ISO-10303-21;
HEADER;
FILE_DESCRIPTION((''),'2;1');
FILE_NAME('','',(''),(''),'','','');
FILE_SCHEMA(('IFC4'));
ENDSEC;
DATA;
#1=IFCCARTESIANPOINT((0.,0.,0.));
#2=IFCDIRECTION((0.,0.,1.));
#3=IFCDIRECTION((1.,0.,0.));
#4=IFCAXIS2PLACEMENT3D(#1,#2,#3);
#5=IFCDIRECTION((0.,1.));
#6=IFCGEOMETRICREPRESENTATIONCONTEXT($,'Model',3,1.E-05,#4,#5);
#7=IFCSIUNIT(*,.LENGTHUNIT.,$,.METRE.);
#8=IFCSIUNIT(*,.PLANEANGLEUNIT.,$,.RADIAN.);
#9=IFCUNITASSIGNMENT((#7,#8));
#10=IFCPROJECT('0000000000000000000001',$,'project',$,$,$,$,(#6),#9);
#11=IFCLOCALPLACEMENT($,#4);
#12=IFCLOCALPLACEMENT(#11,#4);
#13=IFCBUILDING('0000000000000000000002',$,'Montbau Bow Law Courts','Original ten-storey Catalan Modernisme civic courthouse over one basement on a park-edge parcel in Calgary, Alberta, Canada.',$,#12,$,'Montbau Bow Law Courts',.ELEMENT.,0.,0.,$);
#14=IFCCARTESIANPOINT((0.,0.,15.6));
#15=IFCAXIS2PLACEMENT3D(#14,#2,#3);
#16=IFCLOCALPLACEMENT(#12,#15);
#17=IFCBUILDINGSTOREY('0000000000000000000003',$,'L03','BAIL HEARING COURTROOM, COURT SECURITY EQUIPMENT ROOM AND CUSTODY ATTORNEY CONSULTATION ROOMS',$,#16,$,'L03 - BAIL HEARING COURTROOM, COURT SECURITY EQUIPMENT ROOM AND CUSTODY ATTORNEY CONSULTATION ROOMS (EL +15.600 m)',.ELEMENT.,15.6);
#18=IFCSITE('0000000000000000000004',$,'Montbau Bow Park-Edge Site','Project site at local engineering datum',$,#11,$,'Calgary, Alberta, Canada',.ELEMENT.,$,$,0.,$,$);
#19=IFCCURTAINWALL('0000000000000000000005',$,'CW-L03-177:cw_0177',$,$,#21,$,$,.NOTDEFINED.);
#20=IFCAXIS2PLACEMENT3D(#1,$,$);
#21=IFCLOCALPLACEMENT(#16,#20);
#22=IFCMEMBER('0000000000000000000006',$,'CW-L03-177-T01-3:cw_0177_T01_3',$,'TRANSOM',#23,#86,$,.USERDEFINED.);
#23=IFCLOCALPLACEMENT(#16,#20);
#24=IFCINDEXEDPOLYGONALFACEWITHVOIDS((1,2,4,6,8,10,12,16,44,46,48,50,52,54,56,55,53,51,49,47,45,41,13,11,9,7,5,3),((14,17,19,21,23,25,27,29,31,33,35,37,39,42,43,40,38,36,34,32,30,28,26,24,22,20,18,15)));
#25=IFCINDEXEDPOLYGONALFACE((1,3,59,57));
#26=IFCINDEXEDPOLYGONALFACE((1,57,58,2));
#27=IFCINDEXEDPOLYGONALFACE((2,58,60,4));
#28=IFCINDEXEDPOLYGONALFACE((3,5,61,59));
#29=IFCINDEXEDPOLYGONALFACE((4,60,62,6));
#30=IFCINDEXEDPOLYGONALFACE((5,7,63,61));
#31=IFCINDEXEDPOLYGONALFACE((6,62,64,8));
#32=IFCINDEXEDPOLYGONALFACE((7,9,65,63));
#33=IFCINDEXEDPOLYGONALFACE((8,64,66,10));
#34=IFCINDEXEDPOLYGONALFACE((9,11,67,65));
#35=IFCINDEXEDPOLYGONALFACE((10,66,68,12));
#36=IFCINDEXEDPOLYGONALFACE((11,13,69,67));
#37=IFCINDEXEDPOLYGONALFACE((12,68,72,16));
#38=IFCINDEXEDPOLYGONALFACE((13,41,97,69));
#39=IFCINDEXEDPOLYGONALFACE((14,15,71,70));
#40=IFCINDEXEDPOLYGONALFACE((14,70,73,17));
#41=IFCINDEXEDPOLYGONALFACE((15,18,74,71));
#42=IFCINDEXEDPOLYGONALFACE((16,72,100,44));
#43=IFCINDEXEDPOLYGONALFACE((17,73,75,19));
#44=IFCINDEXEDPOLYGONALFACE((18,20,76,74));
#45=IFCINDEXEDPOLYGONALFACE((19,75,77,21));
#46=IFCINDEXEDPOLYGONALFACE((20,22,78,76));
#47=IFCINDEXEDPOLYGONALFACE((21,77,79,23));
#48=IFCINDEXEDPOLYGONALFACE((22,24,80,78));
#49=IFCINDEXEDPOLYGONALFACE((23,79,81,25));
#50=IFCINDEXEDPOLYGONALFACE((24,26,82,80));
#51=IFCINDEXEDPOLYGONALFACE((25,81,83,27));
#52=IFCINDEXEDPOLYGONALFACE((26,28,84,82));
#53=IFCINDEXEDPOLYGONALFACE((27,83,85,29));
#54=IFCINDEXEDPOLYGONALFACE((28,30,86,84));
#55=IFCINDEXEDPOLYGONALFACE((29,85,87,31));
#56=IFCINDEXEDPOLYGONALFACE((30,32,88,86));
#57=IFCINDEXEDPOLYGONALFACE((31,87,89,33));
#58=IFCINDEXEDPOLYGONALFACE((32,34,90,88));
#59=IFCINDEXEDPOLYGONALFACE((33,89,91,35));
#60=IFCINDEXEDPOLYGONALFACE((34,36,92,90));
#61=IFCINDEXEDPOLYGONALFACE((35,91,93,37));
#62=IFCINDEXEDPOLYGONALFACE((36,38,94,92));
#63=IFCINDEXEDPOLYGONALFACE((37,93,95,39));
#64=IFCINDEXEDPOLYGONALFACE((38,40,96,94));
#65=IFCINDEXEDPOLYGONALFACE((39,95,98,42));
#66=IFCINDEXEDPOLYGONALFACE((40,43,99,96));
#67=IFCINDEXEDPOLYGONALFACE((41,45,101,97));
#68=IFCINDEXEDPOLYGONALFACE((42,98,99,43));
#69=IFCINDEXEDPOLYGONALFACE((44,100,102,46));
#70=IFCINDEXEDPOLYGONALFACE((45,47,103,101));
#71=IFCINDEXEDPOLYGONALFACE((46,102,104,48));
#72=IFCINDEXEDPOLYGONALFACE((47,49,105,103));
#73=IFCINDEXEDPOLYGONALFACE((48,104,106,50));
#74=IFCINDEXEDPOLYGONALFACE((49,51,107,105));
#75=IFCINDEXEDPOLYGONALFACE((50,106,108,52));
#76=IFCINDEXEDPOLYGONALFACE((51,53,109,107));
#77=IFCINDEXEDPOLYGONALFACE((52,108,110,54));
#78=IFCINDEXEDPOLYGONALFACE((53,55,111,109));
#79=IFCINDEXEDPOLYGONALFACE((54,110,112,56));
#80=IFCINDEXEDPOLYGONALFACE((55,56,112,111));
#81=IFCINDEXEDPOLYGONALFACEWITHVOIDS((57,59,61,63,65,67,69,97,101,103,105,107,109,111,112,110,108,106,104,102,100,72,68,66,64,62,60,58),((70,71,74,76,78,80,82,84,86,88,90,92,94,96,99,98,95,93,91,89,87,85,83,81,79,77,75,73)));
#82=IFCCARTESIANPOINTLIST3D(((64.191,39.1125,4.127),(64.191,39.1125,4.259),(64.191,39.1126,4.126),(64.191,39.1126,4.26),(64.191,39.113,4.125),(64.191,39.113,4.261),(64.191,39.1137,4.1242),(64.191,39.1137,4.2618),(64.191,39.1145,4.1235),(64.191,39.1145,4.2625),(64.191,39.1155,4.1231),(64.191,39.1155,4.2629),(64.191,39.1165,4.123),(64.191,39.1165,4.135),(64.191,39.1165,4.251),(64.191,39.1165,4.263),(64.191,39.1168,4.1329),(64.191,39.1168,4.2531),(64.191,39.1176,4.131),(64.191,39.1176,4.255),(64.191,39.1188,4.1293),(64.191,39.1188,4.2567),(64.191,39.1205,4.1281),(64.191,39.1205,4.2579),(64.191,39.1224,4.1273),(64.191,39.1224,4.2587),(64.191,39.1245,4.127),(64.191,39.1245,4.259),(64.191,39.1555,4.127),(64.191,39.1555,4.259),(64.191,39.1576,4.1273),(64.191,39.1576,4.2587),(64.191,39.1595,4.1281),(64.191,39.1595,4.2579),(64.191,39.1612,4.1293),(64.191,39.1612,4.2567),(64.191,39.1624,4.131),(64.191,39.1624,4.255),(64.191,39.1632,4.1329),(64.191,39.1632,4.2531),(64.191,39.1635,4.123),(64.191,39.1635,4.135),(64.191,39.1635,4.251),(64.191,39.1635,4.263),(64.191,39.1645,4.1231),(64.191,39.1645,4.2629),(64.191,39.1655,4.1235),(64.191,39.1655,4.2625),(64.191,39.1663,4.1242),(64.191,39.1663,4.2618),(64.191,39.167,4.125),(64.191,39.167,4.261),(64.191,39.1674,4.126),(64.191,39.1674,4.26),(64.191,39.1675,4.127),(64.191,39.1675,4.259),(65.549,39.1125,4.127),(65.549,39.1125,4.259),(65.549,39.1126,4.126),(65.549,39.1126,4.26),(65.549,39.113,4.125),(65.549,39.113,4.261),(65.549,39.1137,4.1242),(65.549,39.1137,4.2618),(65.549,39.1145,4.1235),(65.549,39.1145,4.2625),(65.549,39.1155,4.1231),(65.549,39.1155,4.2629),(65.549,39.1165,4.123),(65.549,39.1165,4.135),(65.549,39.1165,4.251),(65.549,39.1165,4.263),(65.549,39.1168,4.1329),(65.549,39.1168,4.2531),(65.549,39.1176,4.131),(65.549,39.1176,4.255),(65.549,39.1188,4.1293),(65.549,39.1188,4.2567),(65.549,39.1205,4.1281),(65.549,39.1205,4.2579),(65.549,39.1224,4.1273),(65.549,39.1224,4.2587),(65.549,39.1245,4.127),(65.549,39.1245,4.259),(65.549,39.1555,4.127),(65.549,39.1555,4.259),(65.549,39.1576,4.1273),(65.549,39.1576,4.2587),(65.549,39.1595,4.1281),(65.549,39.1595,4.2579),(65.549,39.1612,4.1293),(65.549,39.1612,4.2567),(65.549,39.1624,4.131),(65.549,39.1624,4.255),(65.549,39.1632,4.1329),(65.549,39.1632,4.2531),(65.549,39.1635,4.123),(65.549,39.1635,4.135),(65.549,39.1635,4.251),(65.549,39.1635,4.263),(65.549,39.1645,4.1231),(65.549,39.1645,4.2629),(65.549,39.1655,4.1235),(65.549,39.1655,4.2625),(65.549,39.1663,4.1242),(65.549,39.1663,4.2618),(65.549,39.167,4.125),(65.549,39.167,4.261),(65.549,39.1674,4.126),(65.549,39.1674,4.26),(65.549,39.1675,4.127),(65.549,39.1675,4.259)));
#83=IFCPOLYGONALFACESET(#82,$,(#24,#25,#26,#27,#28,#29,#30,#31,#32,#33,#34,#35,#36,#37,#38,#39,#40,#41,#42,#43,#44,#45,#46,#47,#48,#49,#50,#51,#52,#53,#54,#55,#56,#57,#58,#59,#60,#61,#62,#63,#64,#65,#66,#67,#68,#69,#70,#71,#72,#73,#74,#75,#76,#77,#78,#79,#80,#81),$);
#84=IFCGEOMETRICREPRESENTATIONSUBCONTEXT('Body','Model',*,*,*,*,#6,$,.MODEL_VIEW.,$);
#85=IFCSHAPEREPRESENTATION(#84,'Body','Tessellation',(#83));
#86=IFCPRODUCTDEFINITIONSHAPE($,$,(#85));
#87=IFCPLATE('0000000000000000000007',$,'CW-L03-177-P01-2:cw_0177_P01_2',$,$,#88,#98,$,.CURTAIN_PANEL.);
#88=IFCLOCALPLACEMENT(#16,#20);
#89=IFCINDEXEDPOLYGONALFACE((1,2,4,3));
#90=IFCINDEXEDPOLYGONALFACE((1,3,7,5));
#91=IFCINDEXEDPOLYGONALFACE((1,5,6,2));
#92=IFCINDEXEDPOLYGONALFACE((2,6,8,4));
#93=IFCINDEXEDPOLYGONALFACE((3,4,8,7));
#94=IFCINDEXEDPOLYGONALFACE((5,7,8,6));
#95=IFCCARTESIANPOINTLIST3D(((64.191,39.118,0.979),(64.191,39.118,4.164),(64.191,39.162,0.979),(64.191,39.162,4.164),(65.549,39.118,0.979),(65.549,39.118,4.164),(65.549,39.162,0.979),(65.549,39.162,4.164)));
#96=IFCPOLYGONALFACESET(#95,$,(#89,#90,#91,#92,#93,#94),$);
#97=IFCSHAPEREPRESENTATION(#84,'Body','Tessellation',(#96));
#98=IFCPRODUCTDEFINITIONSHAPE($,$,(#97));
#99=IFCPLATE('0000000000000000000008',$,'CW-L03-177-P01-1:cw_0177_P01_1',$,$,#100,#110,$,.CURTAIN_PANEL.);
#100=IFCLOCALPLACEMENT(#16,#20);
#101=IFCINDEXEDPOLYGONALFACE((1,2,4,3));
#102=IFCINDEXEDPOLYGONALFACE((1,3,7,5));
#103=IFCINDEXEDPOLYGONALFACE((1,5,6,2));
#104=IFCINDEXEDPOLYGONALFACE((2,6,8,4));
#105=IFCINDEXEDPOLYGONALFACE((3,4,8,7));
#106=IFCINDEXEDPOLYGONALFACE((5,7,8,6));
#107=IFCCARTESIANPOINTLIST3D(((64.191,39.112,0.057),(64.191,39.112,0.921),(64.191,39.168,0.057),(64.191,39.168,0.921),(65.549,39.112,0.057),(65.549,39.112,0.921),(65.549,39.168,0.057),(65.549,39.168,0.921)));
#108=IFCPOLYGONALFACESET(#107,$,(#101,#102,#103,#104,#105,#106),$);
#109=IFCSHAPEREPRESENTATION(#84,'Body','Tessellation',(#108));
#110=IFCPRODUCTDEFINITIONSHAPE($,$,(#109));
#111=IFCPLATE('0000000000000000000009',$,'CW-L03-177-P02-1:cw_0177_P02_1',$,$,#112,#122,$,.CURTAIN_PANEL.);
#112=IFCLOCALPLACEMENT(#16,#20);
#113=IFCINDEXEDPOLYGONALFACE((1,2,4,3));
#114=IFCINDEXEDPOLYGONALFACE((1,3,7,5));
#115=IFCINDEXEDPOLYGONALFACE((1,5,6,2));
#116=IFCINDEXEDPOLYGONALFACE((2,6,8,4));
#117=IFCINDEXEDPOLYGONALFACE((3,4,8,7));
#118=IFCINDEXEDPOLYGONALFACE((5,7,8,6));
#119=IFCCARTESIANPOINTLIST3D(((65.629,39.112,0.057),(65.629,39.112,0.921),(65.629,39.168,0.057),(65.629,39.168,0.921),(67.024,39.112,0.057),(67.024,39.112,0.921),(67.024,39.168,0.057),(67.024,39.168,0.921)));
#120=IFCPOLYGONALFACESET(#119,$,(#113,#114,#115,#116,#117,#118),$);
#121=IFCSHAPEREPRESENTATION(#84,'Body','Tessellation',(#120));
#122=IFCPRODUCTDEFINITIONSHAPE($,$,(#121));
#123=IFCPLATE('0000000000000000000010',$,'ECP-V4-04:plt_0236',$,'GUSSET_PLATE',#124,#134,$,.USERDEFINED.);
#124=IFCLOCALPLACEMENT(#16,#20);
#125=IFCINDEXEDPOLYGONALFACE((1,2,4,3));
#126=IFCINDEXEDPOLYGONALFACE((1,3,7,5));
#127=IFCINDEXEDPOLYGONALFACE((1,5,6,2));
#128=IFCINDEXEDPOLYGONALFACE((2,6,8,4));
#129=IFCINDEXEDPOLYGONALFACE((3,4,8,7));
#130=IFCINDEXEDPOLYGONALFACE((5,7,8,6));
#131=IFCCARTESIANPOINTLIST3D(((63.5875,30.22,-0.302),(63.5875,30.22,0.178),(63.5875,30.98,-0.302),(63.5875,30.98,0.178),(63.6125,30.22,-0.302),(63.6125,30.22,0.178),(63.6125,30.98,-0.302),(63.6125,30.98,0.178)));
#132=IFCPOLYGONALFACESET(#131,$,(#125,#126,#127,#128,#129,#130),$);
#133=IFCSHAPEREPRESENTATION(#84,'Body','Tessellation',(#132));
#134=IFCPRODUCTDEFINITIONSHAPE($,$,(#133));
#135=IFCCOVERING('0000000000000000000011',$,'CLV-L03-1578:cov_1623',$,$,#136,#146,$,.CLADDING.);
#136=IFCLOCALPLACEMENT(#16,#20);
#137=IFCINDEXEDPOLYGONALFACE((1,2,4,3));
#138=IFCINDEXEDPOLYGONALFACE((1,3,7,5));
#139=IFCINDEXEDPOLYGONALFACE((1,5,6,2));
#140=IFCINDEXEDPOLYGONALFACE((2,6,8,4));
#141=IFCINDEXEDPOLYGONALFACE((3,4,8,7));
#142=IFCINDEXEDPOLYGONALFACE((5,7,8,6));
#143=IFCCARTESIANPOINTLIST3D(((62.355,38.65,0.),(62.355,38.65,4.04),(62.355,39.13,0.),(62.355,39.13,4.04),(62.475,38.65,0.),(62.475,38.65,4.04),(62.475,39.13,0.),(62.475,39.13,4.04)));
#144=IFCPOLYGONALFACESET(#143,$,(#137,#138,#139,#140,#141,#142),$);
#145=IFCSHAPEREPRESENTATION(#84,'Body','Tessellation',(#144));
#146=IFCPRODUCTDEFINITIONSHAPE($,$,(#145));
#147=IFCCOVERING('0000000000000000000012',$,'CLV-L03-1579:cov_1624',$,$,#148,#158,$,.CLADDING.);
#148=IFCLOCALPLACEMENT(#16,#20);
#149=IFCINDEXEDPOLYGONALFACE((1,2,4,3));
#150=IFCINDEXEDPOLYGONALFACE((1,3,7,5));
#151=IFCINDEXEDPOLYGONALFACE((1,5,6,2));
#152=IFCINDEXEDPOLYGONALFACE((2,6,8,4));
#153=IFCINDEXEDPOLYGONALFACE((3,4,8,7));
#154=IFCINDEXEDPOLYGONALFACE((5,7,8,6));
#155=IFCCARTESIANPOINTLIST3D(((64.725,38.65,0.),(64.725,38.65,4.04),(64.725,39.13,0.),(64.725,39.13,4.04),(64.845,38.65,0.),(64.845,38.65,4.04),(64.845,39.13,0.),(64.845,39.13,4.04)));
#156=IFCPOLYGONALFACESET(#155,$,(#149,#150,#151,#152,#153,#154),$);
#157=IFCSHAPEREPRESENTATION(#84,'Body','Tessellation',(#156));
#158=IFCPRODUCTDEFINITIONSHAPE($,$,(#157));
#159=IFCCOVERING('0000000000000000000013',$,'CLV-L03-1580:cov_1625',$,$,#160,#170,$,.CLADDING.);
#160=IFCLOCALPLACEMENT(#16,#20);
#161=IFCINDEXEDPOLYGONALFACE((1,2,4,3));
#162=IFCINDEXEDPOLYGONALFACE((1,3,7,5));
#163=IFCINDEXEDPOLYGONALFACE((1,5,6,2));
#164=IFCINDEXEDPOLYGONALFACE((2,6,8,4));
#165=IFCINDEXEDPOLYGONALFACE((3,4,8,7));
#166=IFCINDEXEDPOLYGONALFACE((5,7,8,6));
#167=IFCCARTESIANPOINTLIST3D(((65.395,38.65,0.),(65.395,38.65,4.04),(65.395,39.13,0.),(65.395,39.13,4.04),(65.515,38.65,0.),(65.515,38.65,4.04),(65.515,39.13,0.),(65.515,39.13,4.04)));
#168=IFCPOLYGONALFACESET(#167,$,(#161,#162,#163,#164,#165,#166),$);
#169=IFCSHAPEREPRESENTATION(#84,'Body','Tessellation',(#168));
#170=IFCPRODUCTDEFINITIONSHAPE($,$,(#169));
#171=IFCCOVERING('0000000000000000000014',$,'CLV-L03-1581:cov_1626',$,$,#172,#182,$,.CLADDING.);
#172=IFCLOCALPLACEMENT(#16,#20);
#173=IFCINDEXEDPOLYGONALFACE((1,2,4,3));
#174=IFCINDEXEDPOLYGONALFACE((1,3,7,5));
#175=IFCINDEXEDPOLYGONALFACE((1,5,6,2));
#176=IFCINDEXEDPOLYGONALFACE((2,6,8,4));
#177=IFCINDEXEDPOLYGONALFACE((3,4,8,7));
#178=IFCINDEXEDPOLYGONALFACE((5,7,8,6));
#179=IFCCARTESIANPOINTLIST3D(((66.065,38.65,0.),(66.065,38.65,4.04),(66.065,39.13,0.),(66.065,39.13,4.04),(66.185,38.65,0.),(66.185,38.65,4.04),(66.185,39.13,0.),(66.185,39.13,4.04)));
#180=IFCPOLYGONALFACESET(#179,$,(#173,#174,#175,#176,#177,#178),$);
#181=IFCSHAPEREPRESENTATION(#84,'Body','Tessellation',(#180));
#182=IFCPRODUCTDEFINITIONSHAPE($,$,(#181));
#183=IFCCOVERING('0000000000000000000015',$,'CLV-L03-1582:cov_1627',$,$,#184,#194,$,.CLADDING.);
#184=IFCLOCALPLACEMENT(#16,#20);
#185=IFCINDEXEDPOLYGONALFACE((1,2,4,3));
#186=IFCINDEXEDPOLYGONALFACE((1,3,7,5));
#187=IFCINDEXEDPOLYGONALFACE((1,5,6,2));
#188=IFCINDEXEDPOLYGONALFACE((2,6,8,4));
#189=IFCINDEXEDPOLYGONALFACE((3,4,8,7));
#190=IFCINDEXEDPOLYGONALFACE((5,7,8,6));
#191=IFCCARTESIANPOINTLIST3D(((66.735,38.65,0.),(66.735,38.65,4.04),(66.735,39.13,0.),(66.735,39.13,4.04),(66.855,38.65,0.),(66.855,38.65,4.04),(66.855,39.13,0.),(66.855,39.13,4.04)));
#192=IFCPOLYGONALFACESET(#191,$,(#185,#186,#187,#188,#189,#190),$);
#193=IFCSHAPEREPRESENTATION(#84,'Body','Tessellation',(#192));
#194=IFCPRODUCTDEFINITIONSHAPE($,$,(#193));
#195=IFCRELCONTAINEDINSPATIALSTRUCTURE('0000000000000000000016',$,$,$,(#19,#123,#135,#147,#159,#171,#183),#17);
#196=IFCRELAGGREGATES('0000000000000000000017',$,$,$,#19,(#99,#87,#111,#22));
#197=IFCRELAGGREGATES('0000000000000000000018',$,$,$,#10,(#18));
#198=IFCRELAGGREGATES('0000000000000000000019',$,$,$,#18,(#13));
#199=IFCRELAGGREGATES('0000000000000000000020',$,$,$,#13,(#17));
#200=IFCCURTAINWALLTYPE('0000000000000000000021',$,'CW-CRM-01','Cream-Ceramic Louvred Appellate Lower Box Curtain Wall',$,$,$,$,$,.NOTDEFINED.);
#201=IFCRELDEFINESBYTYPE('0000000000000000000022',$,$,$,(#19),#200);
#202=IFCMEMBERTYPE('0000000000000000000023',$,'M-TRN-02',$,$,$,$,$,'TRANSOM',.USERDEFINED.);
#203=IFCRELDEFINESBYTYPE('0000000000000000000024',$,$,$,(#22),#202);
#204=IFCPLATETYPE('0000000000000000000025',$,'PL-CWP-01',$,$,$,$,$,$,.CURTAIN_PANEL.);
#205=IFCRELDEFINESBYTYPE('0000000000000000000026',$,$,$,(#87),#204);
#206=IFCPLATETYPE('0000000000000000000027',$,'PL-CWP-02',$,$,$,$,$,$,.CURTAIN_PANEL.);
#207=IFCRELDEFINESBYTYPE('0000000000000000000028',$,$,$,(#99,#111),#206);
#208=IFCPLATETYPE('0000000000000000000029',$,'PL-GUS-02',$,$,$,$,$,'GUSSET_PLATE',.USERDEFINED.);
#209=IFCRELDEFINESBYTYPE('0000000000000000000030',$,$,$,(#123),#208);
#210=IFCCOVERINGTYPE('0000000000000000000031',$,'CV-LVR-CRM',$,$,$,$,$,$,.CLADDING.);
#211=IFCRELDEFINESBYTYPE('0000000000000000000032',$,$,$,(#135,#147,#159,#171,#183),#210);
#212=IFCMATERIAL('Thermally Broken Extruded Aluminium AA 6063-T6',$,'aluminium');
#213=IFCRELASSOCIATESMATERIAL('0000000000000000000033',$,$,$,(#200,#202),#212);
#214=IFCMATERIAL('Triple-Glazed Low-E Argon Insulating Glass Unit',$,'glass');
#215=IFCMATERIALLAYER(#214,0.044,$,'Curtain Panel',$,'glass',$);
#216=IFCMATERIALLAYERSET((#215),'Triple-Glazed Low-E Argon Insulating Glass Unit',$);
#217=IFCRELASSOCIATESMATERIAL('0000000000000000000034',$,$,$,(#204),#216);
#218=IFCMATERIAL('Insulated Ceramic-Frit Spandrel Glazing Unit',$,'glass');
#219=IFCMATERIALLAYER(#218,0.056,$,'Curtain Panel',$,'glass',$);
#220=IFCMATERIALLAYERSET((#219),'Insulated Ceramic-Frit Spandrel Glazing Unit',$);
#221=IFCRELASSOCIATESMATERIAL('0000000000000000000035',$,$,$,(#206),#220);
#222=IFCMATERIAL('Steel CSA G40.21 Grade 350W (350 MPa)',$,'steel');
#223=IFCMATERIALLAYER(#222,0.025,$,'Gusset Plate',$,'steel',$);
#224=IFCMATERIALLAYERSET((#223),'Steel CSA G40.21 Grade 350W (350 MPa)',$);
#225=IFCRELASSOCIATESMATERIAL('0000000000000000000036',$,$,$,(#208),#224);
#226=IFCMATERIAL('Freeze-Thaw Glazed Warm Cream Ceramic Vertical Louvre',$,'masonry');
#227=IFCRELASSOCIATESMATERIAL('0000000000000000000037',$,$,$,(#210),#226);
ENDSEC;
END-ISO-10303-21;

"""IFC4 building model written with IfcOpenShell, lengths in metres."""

from ifc_helpers import new_model, si_unit, direction, frame, frame_2d, origin_with_axes, origin_2d_with_axis, place, context, subcontext, project, spatial, rectangle, hollow_rectangle, extrude, material, layer, layer_set, material_profile, profile_set, type_object, element, aggregate, save


model = new_model("IFC4")

# Units and contexts
model_context = context("Model", 3, precision=1e-05, world=origin_with_axes(), true_north=direction((0.0, 1.0)))
body_context = subcontext(model_context, "Body", "Model", "MODEL_VIEW")
ifc_project = project(units=[si_unit("LENGTHUNIT", "METRE"), si_unit("PLANEANGLEUNIT", "RADIAN")], contexts=[model_context])

# Site, building, storey
site_placement = place(None, origin_with_axes())
site = spatial("IfcSite", under=ifc_project, at=site_placement, Name="Montbau Bow Park-Edge Site", Description="Project site at local engineering datum", LongName="Calgary, Alberta, Canada", CompositionType="ELEMENT", RefElevation=0.0)
building_placement = place(site_placement, origin_with_axes())
building = spatial("IfcBuilding", under=site, at=building_placement, Name="Montbau Bow Law Courts", Description="Original ten-storey Catalan Modernisme civic courthouse over one basement on a park-edge parcel in Calgary, Alberta, Canada.", LongName="Montbau Bow Law Courts", CompositionType="ELEMENT", ElevationOfRefHeight=0.0, ElevationOfTerrain=0.0)
storey_placement = place(building_placement, frame((0.0, 0.0, 15.6), z_axis=(0.0, 0.0, 1.0), x_axis=(1.0, 0.0, 0.0)))
storey = spatial("IfcBuildingStorey", under=building, at=storey_placement, Name="L03", Description="BAIL HEARING COURTROOM, COURT SECURITY EQUIPMENT ROOM AND CUSTODY ATTORNEY CONSULTATION ROOMS", LongName="L03 - BAIL HEARING COURTROOM, COURT SECURITY EQUIPMENT ROOM AND CUSTODY ATTORNEY CONSULTATION ROOMS (EL +15.600 m)", CompositionType="ELEMENT", Elevation=15.6)

# Shared definitions
ifc_material_1 = material(Name="Steel CSA G40.21 Grade 350W (350 MPa)", Category="steel")

# Curtain wall
ifc_material_2 = material(Name="Thermally Broken Extruded Aluminium AA 6063-T6", Category="aluminium")
curtain_wall_type = type_object("IfcCurtainWallType", Name="CW-CRM-01", Description="Cream-Ceramic Louvred Appellate Lower Box Curtain Wall", PredefinedType="NOTDEFINED", material=ifc_material_2)
curtain_wall_1_placement = place(None, frame((64.115, 39.14, 15.6), z_axis=(0.0, 0.0, 1.0), x_axis=(1.0, 0.0, 0.0)))
curtain_wall_1 = element("IfcCurtainWall", 1, at=curtain_wall_1_placement, inside=storey, type_object=curtain_wall_type, Name="CW-L03-177:cw_0177", PredefinedType="NOTDEFINED")

# Member
ifc_material_profile_1 = material_profile(ifc_material_2, hollow_rectangle(XDim=0.055, YDim=0.14, WallThickness=0.004, InnerFilletRadius=0.008, OuterFilletRadius=0.004, at=origin_2d_with_axis()), Name="CWT-140X55", Category="Main", Priority=0)
ifc_profile_set_1 = profile_set([ifc_material_profile_1], Name="Thermally Broken Extruded Aluminium AA 6063-T6")
member_type_1 = type_object("IfcMemberType", Name="M-TRN-02", ElementType="TRANSOM", PredefinedType="USERDEFINED", material=ifc_profile_set_1)
member_1_placement = place(None, frame((64.191, 39.14, 19.793), z_axis=(1.0, 0.0, 0.0), x_axis=(0.0, 1.0, 0.0)))
member_1 = element("IfcMember", 2, at=member_1_placement, type_object=member_type_1, Name="CW-L03-177-T01-3:cw_0177_T01_3", ObjectType="TRANSOM", PredefinedType="USERDEFINED", context=body_context, shape_type="SweptSolid", body=[
    extrude(hollow_rectangle(XDim=0.055, YDim=0.14, WallThickness=0.004, InnerFilletRadius=0.008, OuterFilletRadius=0.004, at=origin_2d_with_axis()), origin_with_axes(), (0.0, 0.0, 1.0), 1.358),
])

# Plates
ifc_material_3 = material(Name="Triple-Glazed Low-E Argon Insulating Glass Unit", Category="glass")
ifc_layer_1 = layer(ifc_material_3, 0.044, Name="Curtain Panel", Category="glass")
ifc_layer_set_1 = layer_set([ifc_layer_1], Name="Triple-Glazed Low-E Argon Insulating Glass Unit")
plate_type_1 = type_object("IfcPlateType", Name="PL-CWP-01", PredefinedType="CURTAIN_PANEL", material=ifc_layer_set_1)
plate_1_placement = place(None, frame((64.191, 39.14, 16.579), z_axis=(0.0, -1.0, 0.0), x_axis=(1.0, 0.0, 0.0)))
plate_1 = element("IfcPlate", 3, at=plate_1_placement, type_object=plate_type_1, Name="CW-L03-177-P01-2:cw_0177_P01_2", PredefinedType="CURTAIN_PANEL", context=body_context, shape_type="SweptSolid", body=[
    extrude(rectangle(XDim=1.358, YDim=3.185, at=frame_2d((0.679, 1.5925), x_axis=(1.0, 0.0))), frame((0.0, 0.0, -0.022), z_axis=(0.0, 0.0, 1.0), x_axis=(1.0, 0.0, 0.0)), (0.0, 0.0, 1.0), 0.044),
])
ifc_material_4 = material(Name="Insulated Ceramic-Frit Spandrel Glazing Unit", Category="glass")
ifc_layer_2 = layer(ifc_material_4, 0.056, Name="Curtain Panel", Category="glass")
ifc_layer_set_2 = layer_set([ifc_layer_2], Name="Insulated Ceramic-Frit Spandrel Glazing Unit")
plate_type_2 = type_object("IfcPlateType", Name="PL-CWP-02", PredefinedType="CURTAIN_PANEL", material=ifc_layer_set_2)
plate_2_placement = place(None, frame((64.191, 39.14, 15.657), z_axis=(0.0, -1.0, 0.0), x_axis=(1.0, 0.0, 0.0)))
plate_2 = element("IfcPlate", 4, at=plate_2_placement, type_object=plate_type_2, Name="CW-L03-177-P01-1:cw_0177_P01_1", PredefinedType="CURTAIN_PANEL", context=body_context, shape_type="SweptSolid", body=[
    extrude(rectangle(XDim=1.358, YDim=0.864, at=frame_2d((0.679, 0.432), x_axis=(1.0, 0.0))), frame((0.0, 0.0, -0.028), z_axis=(0.0, 0.0, 1.0), x_axis=(1.0, 0.0, 0.0)), (0.0, 0.0, 1.0), 0.056),
])
plate_3_placement = place(None, frame((65.629, 39.14, 15.657), z_axis=(0.0, -1.0, 0.0), x_axis=(1.0, 0.0, 0.0)))
plate_3 = element("IfcPlate", 5, at=plate_3_placement, type_object=plate_type_2, Name="CW-L03-177-P02-1:cw_0177_P02_1", PredefinedType="CURTAIN_PANEL", context=body_context, shape_type="SweptSolid", body=[
    extrude(rectangle(XDim=1.395, YDim=0.864, at=frame_2d((0.6975, 0.432), x_axis=(1.0, 0.0))), frame((0.0, 0.0, -0.028), z_axis=(0.0, 0.0, 1.0), x_axis=(1.0, 0.0, 0.0)), (0.0, 0.0, 1.0), 0.056),
])
aggregate(curtain_wall_1, [plate_2, plate_1, plate_3, member_1])
ifc_layer_3 = layer(ifc_material_1, 0.025, Name="Gusset Plate", Category="steel")
ifc_layer_set_3 = layer_set([ifc_layer_3], Name="Steel CSA G40.21 Grade 350W (350 MPa)")
plate_type_3 = type_object("IfcPlateType", Name="PL-GUS-02", ElementType="GUSSET_PLATE", PredefinedType="USERDEFINED", material=ifc_layer_set_3)
plate_4_placement = place(None, frame((63.6, 30.6, 15.298), z_axis=(0.0, 0.0, 1.0), x_axis=(1.0, 0.0, 0.0)))
element("IfcPlate", 6, at=plate_4_placement, inside=storey, type_object=plate_type_3, Name="ECP-V4-04:plt_0236", ObjectType="GUSSET_PLATE", PredefinedType="USERDEFINED", context=body_context, shape_type="SweptSolid", body=[
    extrude(rectangle(XDim=0.025, YDim=0.76, at=origin_2d_with_axis()), origin_with_axes(), (0.0, 0.0, 1.0), 0.48),
])

# Coverings
ifc_material_5 = material(Name="Freeze-Thaw Glazed Warm Cream Ceramic Vertical Louvre", Category="masonry")
covering_type = type_object("IfcCoveringType", Name="CV-LVR-CRM", PredefinedType="CLADDING", material=ifc_material_5)
for number, where, z_axis, x_axis, name in (
    (7, (62.415, 39.13, 15.6), (-1.0, 0.0, 0.0), (0.0, -1.0, 0.0), "CLV-L03-1578:cov_1623"),
    (8, (64.785, 39.13, 15.6), (-1.0, 0.0, 0.0), (0.0, -1.0, 0.0), "CLV-L03-1579:cov_1624"),
    (9, (65.455, 39.13, 15.6), (-1.0, 0.0, 0.0), (0.0, -1.0, 0.0), "CLV-L03-1580:cov_1625"),
    (10, (66.125, 39.13, 15.6), (-1.0, 0.0, 0.0), (0.0, -1.0, 0.0), "CLV-L03-1581:cov_1626"),
    (11, (66.795, 39.13, 15.6), (-1.0, 0.0, 0.0), (0.0, -1.0, 0.0), "CLV-L03-1582:cov_1627"),
):
    element("IfcCovering", number, at=place(None, frame(where, z_axis=z_axis, x_axis=x_axis)), inside=storey, type_object=covering_type, Name=name, PredefinedType="CLADDING", context=body_context, shape_type="SweptSolid", body=[
        extrude(rectangle(XDim=0.48, YDim=4.04, at=frame_2d((0.24, 2.02), x_axis=(1.0, 0.0))), frame((0.0, 0.0, -0.06), z_axis=(0.0, 0.0, 1.0), x_axis=(1.0, 0.0, 0.0)), (0.0, 0.0, 1.0), 0.12),
    ])

save(model, "model.ifc")
